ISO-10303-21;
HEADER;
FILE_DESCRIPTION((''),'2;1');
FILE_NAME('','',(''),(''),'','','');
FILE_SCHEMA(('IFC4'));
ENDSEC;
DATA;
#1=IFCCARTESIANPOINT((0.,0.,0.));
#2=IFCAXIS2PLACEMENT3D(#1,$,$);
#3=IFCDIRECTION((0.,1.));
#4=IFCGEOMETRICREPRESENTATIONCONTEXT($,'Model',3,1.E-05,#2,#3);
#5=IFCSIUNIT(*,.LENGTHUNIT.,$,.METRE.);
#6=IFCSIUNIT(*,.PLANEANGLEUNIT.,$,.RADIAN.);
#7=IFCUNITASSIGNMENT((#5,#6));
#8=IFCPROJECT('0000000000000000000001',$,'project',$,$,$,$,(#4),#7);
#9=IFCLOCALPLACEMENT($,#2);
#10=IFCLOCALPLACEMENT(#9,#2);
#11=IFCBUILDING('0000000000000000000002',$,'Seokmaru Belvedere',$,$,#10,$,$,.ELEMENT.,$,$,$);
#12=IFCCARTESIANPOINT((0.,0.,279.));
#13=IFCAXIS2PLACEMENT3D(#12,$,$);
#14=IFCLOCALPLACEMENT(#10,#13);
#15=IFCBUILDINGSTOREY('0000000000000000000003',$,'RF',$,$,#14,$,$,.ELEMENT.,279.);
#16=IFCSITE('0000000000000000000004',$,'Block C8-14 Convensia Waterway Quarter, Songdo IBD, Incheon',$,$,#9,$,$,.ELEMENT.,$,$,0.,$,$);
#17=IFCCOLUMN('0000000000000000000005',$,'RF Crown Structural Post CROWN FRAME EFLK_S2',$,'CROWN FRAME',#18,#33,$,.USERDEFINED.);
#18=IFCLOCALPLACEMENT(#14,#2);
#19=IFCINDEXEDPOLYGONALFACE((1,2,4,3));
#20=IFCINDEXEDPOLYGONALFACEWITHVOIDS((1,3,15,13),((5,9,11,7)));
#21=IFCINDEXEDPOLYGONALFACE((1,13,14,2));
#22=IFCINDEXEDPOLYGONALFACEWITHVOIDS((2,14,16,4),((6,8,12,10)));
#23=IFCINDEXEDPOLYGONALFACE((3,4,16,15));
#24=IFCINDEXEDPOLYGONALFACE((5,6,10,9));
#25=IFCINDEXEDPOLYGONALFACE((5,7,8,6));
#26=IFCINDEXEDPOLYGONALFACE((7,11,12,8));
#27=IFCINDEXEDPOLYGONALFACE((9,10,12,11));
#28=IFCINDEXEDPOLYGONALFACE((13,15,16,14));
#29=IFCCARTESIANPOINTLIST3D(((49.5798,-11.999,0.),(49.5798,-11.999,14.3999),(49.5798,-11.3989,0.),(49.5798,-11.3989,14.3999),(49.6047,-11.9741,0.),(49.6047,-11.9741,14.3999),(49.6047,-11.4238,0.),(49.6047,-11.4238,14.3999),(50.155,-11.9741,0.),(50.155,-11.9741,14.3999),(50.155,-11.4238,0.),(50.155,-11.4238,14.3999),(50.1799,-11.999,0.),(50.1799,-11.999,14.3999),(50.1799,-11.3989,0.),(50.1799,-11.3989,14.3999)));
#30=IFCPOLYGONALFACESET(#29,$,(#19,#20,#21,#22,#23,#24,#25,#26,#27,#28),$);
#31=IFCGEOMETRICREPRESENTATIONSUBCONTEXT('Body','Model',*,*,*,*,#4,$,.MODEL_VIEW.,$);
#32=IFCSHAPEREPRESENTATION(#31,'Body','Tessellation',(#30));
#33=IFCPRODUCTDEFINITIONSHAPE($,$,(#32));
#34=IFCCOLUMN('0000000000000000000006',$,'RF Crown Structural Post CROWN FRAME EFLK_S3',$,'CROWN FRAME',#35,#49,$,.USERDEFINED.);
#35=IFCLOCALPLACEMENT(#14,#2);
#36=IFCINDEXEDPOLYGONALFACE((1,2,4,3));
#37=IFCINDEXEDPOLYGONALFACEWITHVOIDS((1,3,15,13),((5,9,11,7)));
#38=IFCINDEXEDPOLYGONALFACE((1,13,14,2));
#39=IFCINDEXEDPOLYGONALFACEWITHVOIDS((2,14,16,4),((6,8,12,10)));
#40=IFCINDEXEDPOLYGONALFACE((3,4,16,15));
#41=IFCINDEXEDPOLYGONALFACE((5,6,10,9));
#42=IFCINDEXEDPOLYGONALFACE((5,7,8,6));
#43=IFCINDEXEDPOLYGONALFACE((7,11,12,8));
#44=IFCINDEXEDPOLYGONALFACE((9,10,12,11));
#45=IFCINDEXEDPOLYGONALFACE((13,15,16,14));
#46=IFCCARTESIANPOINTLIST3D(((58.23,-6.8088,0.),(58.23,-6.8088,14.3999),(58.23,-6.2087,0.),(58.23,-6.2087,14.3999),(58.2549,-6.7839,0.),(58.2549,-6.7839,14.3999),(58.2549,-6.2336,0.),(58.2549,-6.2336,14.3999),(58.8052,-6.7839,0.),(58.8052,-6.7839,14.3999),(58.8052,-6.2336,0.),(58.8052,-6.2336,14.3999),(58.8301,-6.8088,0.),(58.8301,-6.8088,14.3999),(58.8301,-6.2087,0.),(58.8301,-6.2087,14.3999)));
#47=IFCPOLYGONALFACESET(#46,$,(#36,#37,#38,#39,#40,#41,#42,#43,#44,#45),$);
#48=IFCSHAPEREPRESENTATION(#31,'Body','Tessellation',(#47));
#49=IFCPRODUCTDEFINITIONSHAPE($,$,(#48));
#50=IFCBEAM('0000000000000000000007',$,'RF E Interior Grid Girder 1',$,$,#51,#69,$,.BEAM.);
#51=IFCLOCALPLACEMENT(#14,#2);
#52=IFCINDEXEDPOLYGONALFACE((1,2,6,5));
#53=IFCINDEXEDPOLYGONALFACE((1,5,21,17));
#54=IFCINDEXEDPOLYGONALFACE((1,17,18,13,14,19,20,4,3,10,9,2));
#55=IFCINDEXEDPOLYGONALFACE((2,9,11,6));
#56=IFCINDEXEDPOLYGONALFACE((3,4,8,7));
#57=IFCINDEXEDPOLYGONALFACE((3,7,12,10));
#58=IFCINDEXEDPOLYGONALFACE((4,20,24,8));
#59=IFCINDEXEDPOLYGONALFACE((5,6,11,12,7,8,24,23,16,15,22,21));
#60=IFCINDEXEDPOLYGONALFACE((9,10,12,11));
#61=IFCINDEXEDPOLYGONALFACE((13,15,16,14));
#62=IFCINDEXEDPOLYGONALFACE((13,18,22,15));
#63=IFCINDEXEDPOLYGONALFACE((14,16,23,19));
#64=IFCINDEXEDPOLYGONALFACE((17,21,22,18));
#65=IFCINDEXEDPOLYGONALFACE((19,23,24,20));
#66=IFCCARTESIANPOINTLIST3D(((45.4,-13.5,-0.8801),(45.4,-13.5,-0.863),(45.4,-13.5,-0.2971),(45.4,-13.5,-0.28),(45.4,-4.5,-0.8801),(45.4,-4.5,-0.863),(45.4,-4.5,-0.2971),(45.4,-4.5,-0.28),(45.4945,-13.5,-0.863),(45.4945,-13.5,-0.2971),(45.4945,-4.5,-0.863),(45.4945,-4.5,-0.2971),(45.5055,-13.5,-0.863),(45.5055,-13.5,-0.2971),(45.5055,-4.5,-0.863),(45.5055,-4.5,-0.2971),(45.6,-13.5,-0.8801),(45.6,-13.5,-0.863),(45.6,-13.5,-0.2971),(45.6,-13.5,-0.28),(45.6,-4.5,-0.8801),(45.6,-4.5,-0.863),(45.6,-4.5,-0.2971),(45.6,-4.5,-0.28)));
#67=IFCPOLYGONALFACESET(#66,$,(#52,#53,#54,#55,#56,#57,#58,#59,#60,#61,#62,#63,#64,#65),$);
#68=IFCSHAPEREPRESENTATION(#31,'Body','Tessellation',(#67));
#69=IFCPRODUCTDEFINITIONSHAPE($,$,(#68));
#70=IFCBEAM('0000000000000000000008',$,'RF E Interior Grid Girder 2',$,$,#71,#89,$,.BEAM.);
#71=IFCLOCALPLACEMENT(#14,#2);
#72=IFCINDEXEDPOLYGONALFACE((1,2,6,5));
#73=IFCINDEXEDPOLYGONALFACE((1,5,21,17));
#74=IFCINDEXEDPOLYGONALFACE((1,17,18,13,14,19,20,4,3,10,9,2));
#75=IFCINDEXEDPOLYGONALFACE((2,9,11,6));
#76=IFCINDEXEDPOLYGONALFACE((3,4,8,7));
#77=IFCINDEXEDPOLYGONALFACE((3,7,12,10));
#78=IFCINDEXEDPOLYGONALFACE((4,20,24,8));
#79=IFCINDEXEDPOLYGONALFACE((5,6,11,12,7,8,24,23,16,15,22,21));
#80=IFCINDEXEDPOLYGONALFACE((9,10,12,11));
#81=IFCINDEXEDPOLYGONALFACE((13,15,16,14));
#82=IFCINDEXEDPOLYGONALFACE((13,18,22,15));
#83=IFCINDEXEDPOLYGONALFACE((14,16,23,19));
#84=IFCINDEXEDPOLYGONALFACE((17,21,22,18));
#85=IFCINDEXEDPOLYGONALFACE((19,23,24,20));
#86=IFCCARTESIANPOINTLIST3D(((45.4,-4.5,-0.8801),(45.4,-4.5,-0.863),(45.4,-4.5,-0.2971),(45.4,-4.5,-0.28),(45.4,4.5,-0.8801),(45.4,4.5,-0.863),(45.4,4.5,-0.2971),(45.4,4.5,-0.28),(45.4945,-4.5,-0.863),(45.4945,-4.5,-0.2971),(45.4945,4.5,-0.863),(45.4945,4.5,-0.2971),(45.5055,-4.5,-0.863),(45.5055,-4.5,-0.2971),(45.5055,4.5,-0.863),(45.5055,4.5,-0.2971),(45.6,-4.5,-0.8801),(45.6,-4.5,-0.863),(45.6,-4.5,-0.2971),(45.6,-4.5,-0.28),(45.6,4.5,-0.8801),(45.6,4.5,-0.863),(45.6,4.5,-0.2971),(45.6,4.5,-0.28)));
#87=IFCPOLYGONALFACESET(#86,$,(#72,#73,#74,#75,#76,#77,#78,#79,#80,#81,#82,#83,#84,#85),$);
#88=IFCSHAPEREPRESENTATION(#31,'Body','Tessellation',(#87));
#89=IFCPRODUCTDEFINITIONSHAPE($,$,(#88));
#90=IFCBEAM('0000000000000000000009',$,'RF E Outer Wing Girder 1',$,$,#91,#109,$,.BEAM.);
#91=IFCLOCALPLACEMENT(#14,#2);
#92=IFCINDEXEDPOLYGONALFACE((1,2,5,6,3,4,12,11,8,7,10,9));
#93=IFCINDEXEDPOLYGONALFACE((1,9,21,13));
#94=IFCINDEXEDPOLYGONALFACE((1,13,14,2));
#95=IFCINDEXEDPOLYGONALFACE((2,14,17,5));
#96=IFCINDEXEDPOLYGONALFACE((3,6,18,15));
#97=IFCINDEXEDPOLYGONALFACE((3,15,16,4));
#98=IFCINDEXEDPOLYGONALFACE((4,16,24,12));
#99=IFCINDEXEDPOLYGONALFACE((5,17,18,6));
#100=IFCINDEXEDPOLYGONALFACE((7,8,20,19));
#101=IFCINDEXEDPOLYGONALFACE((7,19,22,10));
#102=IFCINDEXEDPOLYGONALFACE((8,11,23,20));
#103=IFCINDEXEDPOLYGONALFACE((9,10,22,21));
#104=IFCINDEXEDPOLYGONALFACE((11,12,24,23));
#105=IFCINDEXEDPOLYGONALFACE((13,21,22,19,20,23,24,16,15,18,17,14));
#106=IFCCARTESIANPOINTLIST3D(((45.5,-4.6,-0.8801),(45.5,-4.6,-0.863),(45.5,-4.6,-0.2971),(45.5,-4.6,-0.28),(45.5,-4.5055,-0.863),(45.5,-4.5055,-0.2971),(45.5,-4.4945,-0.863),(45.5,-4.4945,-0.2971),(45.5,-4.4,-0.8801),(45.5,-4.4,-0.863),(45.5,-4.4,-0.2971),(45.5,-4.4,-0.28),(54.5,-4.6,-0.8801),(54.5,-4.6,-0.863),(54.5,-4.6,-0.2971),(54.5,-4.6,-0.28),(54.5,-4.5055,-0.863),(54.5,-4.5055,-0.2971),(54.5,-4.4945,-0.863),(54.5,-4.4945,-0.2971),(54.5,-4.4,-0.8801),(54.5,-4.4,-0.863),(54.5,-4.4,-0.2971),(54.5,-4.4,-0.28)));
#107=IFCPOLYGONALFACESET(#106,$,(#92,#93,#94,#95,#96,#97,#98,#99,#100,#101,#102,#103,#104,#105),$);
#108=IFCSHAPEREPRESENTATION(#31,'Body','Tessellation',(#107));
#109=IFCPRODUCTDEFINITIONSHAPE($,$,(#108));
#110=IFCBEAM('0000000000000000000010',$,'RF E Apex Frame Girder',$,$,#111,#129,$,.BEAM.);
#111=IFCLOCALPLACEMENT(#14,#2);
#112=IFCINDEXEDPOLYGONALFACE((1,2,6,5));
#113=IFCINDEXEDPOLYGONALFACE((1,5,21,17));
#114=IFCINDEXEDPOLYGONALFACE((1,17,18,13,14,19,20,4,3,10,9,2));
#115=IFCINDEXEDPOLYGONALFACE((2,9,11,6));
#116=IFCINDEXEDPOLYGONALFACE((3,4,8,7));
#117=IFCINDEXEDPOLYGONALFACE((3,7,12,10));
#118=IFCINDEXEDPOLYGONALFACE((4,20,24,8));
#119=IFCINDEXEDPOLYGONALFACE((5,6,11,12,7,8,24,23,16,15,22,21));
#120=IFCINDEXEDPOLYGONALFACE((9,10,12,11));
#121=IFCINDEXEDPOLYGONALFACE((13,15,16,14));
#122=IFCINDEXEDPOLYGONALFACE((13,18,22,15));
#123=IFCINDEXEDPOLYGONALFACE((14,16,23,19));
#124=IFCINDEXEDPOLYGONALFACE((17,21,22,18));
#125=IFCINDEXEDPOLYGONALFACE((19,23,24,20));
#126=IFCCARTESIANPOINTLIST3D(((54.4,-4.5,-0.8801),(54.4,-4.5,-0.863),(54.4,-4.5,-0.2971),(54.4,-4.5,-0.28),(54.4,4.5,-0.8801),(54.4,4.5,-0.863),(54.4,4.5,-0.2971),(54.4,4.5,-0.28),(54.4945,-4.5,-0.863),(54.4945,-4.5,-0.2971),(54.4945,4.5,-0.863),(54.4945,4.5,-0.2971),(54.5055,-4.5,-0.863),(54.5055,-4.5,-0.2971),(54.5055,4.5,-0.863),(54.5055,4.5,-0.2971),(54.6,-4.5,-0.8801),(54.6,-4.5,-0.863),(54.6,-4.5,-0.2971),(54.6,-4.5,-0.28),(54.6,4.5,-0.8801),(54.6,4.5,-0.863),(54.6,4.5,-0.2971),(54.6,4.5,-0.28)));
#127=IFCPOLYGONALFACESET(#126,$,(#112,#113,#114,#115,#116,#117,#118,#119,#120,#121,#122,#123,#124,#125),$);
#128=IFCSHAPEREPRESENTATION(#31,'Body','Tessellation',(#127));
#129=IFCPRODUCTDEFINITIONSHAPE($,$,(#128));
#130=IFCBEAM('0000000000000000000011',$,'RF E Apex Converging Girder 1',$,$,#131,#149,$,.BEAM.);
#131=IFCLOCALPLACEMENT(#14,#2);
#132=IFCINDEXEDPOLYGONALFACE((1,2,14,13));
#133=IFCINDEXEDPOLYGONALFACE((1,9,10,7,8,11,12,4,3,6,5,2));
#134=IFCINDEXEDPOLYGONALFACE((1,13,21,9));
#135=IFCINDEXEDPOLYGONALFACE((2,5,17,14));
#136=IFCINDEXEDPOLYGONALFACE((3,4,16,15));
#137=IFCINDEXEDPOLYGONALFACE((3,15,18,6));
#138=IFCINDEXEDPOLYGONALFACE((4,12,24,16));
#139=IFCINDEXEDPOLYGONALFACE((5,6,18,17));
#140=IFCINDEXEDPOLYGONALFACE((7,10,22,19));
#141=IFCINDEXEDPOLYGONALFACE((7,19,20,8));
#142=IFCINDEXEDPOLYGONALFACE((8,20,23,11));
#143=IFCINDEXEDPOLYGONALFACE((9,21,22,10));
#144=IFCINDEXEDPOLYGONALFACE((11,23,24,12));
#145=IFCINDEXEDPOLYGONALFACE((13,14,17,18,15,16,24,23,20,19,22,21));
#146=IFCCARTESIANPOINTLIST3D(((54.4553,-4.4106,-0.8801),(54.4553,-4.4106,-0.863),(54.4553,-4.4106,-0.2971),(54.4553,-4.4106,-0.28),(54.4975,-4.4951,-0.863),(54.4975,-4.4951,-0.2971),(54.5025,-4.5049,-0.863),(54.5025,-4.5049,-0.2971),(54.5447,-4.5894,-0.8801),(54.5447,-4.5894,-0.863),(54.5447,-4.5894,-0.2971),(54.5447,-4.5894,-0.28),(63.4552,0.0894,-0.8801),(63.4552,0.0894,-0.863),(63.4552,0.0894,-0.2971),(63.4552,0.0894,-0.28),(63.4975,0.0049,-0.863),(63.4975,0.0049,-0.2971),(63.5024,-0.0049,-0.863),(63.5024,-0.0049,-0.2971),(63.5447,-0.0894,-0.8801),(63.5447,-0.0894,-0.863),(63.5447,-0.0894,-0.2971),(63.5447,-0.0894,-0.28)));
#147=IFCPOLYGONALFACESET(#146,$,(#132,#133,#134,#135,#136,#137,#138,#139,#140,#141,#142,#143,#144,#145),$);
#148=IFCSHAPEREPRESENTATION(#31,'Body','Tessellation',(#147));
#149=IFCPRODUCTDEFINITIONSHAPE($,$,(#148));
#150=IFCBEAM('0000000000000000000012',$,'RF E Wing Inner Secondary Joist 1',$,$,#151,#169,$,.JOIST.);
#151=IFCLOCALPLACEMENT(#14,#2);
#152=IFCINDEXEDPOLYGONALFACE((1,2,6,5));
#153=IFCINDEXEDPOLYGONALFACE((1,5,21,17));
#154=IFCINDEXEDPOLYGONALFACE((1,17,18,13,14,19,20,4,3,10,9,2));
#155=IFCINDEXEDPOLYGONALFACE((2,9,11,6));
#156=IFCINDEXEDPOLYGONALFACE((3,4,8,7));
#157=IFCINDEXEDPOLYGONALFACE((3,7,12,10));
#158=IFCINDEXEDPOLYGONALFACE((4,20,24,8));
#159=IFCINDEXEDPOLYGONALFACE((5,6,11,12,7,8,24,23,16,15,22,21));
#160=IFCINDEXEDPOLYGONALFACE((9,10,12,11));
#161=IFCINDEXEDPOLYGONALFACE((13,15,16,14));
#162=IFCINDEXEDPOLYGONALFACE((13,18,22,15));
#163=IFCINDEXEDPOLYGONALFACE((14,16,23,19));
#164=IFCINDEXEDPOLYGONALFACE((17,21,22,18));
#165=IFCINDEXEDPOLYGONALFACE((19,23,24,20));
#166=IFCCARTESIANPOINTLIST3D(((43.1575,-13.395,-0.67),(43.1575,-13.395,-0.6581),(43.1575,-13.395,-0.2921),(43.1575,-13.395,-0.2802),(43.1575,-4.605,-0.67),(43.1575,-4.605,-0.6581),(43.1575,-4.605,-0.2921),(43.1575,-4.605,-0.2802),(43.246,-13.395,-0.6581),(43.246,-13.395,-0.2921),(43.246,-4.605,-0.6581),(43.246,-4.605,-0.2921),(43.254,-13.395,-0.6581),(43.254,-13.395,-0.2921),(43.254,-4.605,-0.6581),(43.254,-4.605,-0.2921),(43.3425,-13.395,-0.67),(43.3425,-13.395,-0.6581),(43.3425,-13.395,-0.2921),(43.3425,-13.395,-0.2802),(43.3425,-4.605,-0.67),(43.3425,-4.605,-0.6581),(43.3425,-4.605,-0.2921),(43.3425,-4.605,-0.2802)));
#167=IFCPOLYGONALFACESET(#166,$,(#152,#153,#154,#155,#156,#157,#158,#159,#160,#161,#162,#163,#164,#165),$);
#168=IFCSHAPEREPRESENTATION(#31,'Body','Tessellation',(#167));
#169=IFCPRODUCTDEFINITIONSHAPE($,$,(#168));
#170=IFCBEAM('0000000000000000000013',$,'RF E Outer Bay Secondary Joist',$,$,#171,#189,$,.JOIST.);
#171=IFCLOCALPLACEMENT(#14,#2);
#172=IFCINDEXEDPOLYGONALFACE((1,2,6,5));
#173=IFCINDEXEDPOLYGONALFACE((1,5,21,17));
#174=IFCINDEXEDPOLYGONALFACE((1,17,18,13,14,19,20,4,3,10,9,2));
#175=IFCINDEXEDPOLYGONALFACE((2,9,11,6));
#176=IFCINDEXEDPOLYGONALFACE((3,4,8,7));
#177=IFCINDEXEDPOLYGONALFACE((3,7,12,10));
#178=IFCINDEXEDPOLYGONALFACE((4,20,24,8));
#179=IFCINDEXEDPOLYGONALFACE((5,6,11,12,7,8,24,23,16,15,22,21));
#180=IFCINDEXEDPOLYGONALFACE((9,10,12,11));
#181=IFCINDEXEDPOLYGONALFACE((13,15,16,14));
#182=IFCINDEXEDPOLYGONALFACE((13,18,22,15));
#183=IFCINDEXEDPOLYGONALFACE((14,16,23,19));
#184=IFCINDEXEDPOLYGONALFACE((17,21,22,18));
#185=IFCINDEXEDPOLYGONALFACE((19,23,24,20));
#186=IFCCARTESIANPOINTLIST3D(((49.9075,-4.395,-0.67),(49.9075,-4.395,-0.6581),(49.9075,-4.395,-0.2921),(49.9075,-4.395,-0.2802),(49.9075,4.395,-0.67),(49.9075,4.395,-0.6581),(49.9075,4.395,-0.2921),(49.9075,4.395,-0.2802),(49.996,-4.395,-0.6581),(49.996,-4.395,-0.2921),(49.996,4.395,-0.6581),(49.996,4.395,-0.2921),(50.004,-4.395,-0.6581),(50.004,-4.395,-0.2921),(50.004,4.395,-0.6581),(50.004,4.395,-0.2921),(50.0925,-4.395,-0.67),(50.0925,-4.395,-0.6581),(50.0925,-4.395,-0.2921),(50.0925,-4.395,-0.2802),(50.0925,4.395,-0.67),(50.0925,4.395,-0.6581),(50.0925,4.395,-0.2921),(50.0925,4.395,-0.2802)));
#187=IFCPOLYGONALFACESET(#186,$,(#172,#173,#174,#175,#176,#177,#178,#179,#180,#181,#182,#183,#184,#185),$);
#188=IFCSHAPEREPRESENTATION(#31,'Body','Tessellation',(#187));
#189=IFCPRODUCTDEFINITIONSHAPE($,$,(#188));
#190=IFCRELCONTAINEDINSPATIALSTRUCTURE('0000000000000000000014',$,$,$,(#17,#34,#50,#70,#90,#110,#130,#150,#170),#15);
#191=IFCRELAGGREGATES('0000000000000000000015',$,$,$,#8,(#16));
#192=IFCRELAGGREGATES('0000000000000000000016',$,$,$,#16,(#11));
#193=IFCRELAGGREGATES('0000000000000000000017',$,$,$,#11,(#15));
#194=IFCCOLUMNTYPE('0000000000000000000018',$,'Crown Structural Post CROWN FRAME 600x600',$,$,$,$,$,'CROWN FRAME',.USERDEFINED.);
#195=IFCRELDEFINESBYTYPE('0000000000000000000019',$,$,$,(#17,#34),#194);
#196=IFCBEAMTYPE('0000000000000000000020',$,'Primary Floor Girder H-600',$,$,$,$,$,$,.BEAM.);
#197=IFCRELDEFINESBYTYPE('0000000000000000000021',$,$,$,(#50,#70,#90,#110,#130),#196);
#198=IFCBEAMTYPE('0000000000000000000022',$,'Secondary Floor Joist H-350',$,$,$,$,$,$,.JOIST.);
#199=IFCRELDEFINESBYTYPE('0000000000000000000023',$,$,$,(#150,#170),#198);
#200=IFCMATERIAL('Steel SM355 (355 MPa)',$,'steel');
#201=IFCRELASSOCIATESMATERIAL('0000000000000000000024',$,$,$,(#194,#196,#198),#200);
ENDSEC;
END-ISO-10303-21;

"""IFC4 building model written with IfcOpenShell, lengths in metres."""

from ifc_helpers import new_model, si_unit, direction, frame, origin, origin_2d, place, context, subcontext, project, spatial, hollow_rectangle, i_section, extrude, source, transform, mapped, material, material_profile, profile_set, type_object, type_shapes, element, save


model = new_model("IFC4")

# Units and contexts
model_context = context("Model", 3, precision=1e-05, world=origin(), true_north=direction((0.0, 1.0)))
body_context = subcontext(model_context, "Body", "Model", "MODEL_VIEW")
ifc_project = project(units=[si_unit("LENGTHUNIT", "METRE"), si_unit("PLANEANGLEUNIT", "RADIAN")], contexts=[model_context])

# Site, building, storey
site_placement = place(None, origin())
site = spatial("IfcSite", under=ifc_project, at=site_placement, Name="Block C8-14 Convensia Waterway Quarter, Songdo IBD, Incheon", CompositionType="ELEMENT", RefElevation=0.0)
building_placement = place(site_placement, origin())
building = spatial("IfcBuilding", under=site, at=building_placement, Name="Seokmaru Belvedere", CompositionType="ELEMENT")
storey_placement = place(building_placement, frame((0.0, 0.0, 279.0)))
storey = spatial("IfcBuildingStorey", under=building, at=storey_placement, Name="RF", CompositionType="ELEMENT", Elevation=279.0)

# Columns
ifc_material_1 = material(Name="Steel SM355 (355 MPa)", Category="steel")
ifc_material_profile_1 = material_profile(ifc_material_1, hollow_rectangle(XDim=0.6001, YDim=0.6001, WallThickness=0.0249, at=origin_2d()), Name="HSS-600x600x25")
ifc_profile_set_1 = profile_set([ifc_material_profile_1], Name="Steel SM355 (355 MPa)")
column_type = type_object("IfcColumnType", Name="Crown Structural Post CROWN FRAME 600x600", ElementType="CROWN FRAME", PredefinedType="USERDEFINED", material=ifc_profile_set_1)
shared_shape_1 = source(origin(), body_context, "Body", "SweptSolid", [
    extrude(hollow_rectangle(XDim=0.6001, YDim=0.6001, WallThickness=0.0249, at=origin_2d()), origin(), (0.0, 0.0, 1.0), 14.3999),
])
type_shapes(column_type, [shared_shape_1])
for number, where, z_axis, x_axis, name in (
    (1, (49.8799, -11.699, 0.0), (0.0, 0.0, 1.0), (1.0, 0.0, 0.0), "RF Crown Structural Post CROWN FRAME EFLK_S2"),
    (2, (58.53, -6.5088, 0.0), (0.0, 0.0, 1.0), (1.0, 0.0, 0.0), "RF Crown Structural Post CROWN FRAME EFLK_S3"),
):
    element("IfcColumn", number, at=place(storey_placement, frame(where, z_axis=z_axis, x_axis=x_axis)), inside=storey, type_object=column_type, Name=name, ObjectType="CROWN FRAME", PredefinedType="USERDEFINED", context=body_context, shape_type="MappedRepresentation", body=[
        mapped(shared_shape_1, transform((0.0, 0.0, 0.0), scale=1.0)),
    ])

# Beams
ifc_material_profile_2 = material_profile(ifc_material_1, i_section(OverallWidth=0.2, OverallDepth=0.6001, WebThickness=0.011, FlangeThickness=0.0171, at=origin_2d()), Name="H-600x200x11x17")
ifc_profile_set_2 = profile_set([ifc_material_profile_2], Name="Steel SM355 (355 MPa)")
beam_type_1 = type_object("IfcBeamType", Name="Primary Floor Girder H-600", PredefinedType="BEAM", material=ifc_profile_set_2)
shared_shape_2 = source(origin(), body_context, "Body", "SweptSolid", [
    extrude(i_section(OverallWidth=0.2, OverallDepth=0.6001, WebThickness=0.011, FlangeThickness=0.0171, at=origin_2d()), origin(), (0.0, 0.0, 1.0), 9.0),
])
for number, where, z_axis, x_axis, name in (
    (3, (45.5, -13.5, -0.5801), (0.0, 1.0, 0.0), (-1.0, 0.0, 0.0), "RF E Interior Grid Girder 1"),
    (4, (45.5, -4.5, -0.5801), (0.0, 1.0, 0.0), (-1.0, 0.0, 0.0), "RF E Interior Grid Girder 2"),
    (5, (45.5, -4.5, -0.5801), (1.0, 0.0, 0.0), (0.0, 1.0, 0.0), "RF E Outer Wing Girder 1"),
    (6, (54.5, -4.5, -0.5801), (0.0, 1.0, 0.0), (-1.0, 0.0, 0.0), "RF E Apex Frame Girder"),
):
    element("IfcBeam", number, at=place(storey_placement, frame(where, z_axis=z_axis, x_axis=x_axis)), inside=storey, type_object=beam_type_1, Name=name, PredefinedType="BEAM", context=body_context, shape_type="MappedRepresentation", body=[
        mapped(shared_shape_2, transform((0.0, 0.0, 0.0), scale=1.0)),
    ])
shared_shape_3 = source(origin(), body_context, "Body", "SweptSolid", [
    extrude(i_section(OverallWidth=0.2, OverallDepth=0.6001, WebThickness=0.011, FlangeThickness=0.0171, at=origin_2d()), origin(), (0.0, 0.0, 1.0), 10.0623),
])
beam_1_placement = place(storey_placement, frame((54.5, -4.5, -0.5801), z_axis=(0.894427, 0.447214, 0.0), x_axis=(-0.447214, 0.894427, 0.0)))
element("IfcBeam", 7, at=beam_1_placement, inside=storey, type_object=beam_type_1, Name="RF E Apex Converging Girder 1", PredefinedType="BEAM", context=body_context, shape_type="MappedRepresentation", body=[
    mapped(shared_shape_3, transform((0.0, 0.0, 0.0), scale=1.0)),
])
ifc_material_profile_3 = material_profile(ifc_material_1, i_section(OverallWidth=0.1851, OverallDepth=0.3899, WebThickness=0.0081, FlangeThickness=0.012, at=origin_2d()), Name="H-390x185x8x12")
ifc_profile_set_3 = profile_set([ifc_material_profile_3], Name="Steel SM355 (355 MPa)")
beam_type_2 = type_object("IfcBeamType", Name="Secondary Floor Joist H-350", PredefinedType="JOIST", material=ifc_profile_set_3)
shared_shape_4 = source(origin(), body_context, "Body", "SweptSolid", [
    extrude(i_section(OverallWidth=0.1851, OverallDepth=0.3899, WebThickness=0.0081, FlangeThickness=0.012, at=origin_2d()), origin(), (0.0, 0.0, 1.0), 8.79),
])
type_shapes(beam_type_2, [shared_shape_4])
for number, where, z_axis, x_axis, name in (
    (8, (43.25, -13.395, -0.4751), (0.0, 1.0, 0.0), (-1.0, 0.0, 0.0), "RF E Wing Inner Secondary Joist 1"),
    (9, (50.0, -4.395, -0.4751), (0.0, 1.0, 0.0), (-1.0, 0.0, 0.0), "RF E Outer Bay Secondary Joist"),
):
    element("IfcBeam", number, at=place(storey_placement, frame(where, z_axis=z_axis, x_axis=x_axis)), inside=storey, type_object=beam_type_2, Name=name, PredefinedType="JOIST", context=body_context, shape_type="MappedRepresentation", body=[
        mapped(shared_shape_4, transform((0.0, 0.0, 0.0), scale=1.0)),
    ])

save(model, "model.ifc")
